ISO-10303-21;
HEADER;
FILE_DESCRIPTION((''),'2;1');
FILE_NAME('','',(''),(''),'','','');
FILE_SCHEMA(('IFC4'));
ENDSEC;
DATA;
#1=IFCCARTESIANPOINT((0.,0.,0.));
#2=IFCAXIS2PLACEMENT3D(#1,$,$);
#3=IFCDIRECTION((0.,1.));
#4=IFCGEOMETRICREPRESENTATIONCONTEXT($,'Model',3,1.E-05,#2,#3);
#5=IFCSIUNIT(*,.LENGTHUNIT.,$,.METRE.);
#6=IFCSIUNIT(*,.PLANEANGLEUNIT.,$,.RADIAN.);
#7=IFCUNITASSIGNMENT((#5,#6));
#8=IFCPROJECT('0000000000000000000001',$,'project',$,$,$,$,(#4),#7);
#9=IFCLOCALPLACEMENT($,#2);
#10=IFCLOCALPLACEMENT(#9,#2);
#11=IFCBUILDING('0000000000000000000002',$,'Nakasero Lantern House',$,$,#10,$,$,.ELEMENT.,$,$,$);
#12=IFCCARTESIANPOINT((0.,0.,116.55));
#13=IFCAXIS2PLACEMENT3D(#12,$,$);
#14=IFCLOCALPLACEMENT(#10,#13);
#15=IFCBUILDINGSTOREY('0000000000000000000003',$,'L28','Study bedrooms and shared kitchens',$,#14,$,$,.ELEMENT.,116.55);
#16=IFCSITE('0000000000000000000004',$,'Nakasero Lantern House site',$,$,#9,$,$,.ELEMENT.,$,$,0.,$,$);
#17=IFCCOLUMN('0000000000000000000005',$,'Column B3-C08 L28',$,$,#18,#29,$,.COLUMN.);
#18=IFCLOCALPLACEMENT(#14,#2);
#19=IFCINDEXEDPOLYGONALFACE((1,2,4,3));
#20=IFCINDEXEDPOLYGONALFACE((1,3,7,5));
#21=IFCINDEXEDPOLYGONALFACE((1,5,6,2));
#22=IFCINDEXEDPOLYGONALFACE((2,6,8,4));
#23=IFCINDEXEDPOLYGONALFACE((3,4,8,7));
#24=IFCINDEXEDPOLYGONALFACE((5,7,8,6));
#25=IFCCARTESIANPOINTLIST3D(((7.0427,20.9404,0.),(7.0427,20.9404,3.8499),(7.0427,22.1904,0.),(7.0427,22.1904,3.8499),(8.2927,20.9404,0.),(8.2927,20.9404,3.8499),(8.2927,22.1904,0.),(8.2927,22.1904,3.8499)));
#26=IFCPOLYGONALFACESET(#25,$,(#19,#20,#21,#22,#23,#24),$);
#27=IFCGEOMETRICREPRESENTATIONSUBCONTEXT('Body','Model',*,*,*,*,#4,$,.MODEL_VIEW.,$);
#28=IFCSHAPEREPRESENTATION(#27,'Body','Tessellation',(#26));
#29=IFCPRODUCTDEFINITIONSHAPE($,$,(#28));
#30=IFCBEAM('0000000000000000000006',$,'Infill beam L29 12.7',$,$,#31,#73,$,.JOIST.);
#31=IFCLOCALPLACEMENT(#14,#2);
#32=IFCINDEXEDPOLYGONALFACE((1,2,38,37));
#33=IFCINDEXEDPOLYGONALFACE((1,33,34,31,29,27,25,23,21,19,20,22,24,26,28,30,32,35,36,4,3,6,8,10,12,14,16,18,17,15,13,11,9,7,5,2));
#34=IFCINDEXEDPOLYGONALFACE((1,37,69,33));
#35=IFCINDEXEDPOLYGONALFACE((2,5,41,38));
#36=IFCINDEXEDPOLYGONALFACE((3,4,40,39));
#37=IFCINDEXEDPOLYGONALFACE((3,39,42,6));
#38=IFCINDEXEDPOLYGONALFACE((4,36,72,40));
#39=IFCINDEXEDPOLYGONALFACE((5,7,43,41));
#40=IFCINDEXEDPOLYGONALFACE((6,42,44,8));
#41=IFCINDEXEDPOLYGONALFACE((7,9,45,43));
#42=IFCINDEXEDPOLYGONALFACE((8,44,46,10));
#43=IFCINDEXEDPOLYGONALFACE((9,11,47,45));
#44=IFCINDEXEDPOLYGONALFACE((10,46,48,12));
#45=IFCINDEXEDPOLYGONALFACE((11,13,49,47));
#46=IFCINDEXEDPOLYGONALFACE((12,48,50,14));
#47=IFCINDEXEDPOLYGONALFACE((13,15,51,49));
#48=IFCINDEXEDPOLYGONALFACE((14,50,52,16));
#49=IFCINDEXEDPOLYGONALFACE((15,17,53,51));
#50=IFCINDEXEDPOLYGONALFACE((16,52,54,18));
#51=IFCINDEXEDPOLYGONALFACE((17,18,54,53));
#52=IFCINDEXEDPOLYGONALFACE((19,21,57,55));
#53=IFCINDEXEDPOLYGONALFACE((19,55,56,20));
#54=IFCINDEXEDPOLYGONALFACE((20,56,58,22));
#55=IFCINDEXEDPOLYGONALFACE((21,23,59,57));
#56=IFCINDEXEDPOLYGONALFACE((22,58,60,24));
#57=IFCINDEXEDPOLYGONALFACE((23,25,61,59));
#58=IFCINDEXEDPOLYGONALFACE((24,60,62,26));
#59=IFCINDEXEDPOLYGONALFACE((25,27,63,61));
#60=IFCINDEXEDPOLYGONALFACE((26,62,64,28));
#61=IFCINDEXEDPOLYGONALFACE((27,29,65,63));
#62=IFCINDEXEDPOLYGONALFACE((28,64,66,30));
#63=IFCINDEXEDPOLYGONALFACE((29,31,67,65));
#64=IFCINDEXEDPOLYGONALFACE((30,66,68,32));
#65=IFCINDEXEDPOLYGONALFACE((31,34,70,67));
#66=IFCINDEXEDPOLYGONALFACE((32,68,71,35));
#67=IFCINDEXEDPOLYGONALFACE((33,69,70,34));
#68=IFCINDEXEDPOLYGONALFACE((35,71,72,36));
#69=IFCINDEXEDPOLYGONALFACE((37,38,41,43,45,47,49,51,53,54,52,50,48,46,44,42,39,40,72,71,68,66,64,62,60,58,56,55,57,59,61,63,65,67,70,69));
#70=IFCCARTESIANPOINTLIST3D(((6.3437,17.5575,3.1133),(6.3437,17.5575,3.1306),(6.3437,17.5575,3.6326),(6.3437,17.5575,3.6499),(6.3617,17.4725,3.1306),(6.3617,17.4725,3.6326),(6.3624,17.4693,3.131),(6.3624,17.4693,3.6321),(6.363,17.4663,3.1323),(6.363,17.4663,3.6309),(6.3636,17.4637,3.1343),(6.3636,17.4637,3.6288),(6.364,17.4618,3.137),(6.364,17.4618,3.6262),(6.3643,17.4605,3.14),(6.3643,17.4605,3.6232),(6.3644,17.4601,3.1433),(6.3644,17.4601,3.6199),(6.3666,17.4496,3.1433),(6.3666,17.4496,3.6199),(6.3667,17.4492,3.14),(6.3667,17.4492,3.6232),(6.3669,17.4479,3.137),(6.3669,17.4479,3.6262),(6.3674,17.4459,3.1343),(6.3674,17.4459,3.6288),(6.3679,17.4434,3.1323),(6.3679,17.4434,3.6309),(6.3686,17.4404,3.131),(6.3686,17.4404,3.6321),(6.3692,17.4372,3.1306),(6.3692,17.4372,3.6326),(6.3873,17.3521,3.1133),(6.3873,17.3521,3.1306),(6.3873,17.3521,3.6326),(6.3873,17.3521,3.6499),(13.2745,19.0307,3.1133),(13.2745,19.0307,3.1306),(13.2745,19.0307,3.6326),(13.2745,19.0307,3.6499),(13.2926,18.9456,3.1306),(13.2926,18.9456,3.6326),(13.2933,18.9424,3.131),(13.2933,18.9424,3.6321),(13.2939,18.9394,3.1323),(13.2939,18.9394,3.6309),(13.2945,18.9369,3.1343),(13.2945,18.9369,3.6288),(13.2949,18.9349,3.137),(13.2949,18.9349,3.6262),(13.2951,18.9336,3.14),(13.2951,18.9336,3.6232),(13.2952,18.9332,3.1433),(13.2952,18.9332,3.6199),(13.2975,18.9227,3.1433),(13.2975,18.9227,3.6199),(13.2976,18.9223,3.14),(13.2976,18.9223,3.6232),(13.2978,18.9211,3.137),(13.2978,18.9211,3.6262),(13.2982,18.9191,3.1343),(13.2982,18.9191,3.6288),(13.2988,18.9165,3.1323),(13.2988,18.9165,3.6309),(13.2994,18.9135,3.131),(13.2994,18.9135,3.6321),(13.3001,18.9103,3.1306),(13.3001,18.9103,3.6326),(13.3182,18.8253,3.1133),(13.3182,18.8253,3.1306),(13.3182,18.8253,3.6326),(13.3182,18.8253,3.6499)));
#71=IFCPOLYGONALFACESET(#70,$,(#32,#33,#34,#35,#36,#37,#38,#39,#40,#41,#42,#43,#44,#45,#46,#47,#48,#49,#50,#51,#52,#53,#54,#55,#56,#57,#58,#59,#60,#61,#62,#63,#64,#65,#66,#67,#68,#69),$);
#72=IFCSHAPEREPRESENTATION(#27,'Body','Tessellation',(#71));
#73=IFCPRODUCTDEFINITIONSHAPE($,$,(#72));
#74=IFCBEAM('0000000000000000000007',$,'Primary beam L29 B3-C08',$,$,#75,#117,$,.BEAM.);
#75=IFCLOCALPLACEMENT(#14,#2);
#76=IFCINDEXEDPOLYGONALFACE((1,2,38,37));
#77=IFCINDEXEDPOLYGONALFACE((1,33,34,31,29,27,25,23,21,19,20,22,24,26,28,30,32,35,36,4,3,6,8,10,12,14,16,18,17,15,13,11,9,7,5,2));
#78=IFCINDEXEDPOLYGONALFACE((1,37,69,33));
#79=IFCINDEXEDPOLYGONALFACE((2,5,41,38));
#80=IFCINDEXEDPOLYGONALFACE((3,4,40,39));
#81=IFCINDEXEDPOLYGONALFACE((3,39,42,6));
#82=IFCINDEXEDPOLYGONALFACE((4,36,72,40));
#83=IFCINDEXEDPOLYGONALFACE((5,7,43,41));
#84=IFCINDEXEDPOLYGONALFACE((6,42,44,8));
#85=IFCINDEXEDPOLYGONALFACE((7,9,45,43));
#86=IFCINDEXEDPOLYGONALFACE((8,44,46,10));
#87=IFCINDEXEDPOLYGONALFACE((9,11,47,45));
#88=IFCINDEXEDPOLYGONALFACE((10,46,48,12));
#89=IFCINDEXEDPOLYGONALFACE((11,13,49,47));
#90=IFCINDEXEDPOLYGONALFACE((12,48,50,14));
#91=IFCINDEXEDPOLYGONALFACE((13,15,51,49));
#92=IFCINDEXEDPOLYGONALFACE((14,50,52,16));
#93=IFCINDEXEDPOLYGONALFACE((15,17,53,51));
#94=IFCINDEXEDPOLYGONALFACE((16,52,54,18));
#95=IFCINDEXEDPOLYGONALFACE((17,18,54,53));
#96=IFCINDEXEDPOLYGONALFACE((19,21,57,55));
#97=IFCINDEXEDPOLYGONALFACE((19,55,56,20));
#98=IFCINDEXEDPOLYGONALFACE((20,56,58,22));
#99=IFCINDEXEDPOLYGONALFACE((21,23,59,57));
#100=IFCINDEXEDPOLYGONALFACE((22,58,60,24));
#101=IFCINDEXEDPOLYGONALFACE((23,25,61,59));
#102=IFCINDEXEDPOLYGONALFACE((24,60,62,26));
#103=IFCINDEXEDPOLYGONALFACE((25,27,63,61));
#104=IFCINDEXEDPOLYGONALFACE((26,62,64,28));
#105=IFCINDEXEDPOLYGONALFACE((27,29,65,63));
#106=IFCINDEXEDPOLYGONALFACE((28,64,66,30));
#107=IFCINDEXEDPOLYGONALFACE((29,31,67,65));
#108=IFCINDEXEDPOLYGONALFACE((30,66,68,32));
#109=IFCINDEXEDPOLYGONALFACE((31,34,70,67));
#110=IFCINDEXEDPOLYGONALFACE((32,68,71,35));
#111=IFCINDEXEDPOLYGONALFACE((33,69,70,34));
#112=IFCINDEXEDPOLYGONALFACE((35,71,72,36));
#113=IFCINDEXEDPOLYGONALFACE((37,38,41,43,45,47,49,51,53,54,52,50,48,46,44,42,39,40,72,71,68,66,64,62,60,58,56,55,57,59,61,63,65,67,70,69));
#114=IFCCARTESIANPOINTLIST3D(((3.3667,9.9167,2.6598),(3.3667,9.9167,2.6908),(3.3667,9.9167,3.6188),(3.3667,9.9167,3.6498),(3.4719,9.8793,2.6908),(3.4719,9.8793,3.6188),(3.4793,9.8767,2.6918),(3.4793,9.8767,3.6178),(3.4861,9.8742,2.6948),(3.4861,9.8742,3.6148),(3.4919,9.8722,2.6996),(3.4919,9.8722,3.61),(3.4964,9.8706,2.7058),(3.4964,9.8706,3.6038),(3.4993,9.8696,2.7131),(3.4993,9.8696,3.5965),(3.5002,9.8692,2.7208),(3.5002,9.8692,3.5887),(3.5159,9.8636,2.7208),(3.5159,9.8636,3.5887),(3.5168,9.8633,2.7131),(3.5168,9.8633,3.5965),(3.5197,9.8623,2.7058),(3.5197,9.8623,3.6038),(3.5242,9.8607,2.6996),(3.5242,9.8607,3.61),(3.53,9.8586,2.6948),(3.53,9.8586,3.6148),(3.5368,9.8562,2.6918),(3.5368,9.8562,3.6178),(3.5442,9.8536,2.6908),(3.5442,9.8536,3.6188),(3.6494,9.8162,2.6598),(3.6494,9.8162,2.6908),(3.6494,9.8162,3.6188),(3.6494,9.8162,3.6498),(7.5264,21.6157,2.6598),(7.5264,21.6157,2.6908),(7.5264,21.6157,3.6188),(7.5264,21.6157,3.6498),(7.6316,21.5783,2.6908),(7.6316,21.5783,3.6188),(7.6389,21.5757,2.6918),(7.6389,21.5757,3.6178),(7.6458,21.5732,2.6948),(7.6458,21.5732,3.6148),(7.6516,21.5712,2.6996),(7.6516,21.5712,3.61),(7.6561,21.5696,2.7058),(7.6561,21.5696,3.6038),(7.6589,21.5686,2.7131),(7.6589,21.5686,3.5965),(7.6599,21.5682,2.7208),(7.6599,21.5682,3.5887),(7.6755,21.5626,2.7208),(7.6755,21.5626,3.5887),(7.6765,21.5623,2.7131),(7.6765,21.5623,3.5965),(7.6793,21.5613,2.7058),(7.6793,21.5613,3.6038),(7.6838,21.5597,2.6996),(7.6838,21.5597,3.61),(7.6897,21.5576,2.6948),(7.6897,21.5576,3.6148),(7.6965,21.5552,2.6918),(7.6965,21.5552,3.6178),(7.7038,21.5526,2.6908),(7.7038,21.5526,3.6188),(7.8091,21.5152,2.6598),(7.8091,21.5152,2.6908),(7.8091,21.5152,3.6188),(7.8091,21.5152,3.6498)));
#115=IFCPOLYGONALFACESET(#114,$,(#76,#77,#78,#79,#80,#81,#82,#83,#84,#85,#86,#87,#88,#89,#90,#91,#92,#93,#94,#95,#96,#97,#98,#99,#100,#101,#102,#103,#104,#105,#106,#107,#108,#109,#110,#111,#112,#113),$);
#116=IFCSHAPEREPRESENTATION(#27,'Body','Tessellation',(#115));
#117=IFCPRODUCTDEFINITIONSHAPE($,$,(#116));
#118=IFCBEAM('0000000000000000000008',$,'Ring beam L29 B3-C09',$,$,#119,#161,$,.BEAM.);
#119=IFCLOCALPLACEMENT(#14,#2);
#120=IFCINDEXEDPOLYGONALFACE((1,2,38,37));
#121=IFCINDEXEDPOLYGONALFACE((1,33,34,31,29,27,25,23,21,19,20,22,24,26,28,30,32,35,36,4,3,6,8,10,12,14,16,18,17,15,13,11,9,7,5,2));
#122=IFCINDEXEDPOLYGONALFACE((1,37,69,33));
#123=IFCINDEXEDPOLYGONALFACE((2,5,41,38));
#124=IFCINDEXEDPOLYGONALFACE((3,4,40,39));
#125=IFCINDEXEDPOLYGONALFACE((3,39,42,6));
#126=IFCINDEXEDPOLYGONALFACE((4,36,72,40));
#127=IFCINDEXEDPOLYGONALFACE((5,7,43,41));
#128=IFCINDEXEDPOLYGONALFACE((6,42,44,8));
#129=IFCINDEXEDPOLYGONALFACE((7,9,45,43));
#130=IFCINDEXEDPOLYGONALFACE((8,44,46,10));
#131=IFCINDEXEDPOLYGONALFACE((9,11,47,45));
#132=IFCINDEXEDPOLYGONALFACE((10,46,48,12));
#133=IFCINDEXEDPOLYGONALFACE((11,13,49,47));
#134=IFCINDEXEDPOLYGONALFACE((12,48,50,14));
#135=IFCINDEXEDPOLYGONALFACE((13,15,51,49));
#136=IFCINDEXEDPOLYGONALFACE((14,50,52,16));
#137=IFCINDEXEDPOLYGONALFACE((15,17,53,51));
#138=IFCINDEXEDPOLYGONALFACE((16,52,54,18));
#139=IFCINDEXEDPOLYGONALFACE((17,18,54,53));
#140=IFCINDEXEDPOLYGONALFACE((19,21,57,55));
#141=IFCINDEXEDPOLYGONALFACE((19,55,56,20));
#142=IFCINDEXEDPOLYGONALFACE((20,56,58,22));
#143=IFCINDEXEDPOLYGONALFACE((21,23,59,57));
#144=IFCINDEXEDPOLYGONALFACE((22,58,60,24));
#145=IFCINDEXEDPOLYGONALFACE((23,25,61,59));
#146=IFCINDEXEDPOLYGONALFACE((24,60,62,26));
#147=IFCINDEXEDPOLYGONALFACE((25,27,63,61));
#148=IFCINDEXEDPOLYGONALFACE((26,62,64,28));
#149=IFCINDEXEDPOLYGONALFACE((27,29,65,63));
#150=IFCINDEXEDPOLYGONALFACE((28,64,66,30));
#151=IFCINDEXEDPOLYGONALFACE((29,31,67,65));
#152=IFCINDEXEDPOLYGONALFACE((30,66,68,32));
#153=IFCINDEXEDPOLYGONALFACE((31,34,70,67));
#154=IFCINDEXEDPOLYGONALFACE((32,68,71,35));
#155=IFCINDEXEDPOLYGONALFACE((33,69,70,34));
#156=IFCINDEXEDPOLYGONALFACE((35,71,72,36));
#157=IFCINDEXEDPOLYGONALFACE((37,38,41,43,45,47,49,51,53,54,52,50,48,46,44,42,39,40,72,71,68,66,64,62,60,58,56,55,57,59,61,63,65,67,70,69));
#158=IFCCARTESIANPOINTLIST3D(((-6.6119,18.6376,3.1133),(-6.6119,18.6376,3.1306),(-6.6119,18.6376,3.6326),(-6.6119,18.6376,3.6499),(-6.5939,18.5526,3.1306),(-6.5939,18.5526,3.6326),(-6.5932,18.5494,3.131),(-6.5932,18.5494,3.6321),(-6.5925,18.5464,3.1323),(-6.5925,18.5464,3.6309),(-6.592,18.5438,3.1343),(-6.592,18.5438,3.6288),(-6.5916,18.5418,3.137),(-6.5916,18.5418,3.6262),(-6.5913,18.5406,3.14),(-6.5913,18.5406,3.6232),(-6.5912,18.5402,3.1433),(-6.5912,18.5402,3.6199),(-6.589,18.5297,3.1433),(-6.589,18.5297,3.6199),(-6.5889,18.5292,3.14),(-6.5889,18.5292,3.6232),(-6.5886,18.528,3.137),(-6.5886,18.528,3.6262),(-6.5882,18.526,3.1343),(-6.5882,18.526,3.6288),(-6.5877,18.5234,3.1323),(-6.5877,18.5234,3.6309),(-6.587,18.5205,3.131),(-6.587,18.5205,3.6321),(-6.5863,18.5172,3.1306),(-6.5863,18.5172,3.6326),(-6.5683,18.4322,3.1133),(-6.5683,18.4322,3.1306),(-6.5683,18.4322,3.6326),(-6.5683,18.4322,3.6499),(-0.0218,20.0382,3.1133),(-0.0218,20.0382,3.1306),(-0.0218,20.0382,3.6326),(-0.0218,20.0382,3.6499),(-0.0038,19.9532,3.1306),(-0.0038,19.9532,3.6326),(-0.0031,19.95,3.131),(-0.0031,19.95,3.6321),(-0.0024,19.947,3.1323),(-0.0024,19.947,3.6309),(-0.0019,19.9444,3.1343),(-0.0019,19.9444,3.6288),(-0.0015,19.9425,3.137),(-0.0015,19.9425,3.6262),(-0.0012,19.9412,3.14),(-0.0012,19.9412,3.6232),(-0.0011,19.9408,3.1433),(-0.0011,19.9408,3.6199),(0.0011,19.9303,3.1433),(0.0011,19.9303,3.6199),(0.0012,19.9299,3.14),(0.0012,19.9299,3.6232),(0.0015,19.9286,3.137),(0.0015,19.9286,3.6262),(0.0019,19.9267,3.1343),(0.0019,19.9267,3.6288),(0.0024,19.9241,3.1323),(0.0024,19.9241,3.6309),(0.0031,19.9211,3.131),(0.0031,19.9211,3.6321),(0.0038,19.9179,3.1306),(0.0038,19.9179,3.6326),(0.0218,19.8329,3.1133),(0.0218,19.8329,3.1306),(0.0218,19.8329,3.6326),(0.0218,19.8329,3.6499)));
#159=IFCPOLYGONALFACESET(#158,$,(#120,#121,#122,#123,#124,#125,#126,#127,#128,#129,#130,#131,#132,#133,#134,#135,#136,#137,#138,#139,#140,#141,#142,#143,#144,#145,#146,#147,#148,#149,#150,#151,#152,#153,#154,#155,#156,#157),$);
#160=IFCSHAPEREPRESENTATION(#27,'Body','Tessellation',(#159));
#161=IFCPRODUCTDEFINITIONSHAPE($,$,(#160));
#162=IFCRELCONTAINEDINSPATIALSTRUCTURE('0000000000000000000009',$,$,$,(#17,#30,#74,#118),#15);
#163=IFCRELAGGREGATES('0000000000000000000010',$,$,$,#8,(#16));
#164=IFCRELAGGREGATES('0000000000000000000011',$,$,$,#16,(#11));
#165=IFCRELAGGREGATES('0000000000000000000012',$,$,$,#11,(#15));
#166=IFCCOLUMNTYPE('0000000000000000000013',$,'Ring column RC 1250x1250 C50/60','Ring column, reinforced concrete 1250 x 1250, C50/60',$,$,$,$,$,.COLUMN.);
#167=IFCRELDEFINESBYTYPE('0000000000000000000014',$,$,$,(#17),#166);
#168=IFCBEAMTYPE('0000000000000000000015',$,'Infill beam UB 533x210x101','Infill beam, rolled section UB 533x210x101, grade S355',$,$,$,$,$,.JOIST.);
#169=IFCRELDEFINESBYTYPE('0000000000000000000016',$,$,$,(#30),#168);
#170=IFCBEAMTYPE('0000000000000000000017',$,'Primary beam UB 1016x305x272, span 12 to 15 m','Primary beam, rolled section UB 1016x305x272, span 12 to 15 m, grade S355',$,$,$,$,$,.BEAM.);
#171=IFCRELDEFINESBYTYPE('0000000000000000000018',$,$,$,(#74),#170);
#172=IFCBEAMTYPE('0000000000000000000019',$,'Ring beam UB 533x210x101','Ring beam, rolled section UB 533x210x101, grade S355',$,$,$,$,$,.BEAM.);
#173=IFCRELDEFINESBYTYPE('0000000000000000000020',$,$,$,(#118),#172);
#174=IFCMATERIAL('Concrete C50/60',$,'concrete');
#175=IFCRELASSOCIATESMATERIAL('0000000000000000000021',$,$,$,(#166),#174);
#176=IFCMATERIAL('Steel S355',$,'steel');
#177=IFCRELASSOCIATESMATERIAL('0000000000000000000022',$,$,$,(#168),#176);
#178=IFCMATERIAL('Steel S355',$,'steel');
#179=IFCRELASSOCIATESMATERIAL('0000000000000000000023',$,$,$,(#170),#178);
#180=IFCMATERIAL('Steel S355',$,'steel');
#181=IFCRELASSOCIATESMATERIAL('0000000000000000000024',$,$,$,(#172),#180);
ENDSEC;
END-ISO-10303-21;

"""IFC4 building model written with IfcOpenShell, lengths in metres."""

from ifc_helpers import new_model, si_unit, direction, frame, origin, origin_2d, place, context, subcontext, project, spatial, rectangle, i_section, extrude, material, material_profile, profile_set, type_object, element, save


model = new_model("IFC4")

# Units and contexts
model_context = context("Model", 3, precision=1e-05, world=origin(), true_north=direction((0.0, 1.0)))
body_context = subcontext(model_context, "Body", "Model", "MODEL_VIEW")
ifc_project = project(units=[si_unit("LENGTHUNIT", "METRE"), si_unit("PLANEANGLEUNIT", "RADIAN")], contexts=[model_context])

# Site, building, storey
site_placement = place(None, origin())
site = spatial("IfcSite", under=ifc_project, at=site_placement, Name="Nakasero Lantern House site", CompositionType="ELEMENT", RefElevation=0.0)
building_placement = place(site_placement, origin())
building = spatial("IfcBuilding", under=site, at=building_placement, Name="Nakasero Lantern House", CompositionType="ELEMENT")
storey_placement = place(building_placement, frame((0.0, 0.0, 116.55)))
storey = spatial("IfcBuildingStorey", under=building, at=storey_placement, Name="L28", Description="Study bedrooms and shared kitchens", CompositionType="ELEMENT", Elevation=116.55)

# Column
ifc_material_1 = material(Name="Concrete C50/60", Category="concrete")
ifc_material_profile_1 = material_profile(ifc_material_1, rectangle(XDim=1.25, YDim=1.25, at=origin_2d()), Name="RC 1250x1250")
ifc_profile_set_1 = profile_set([ifc_material_profile_1], Name="Concrete C50/60")
column_type = type_object("IfcColumnType", Name="Ring column RC 1250x1250 C50/60", Description="Ring column, reinforced concrete 1250 x 1250, C50/60", PredefinedType="COLUMN", material=ifc_profile_set_1)
column_placement = place(storey_placement, frame((7.6677, 21.5654, 0.0), z_axis=(0.0, 0.0, 1.0), x_axis=(1.0, 0.0, 0.0)))
element("IfcColumn", 1, at=column_placement, inside=storey, type_object=column_type, Name="Column B3-C08 L28", PredefinedType="COLUMN", context=body_context, shape_type="SweptSolid", body=[
    extrude(rectangle(XDim=1.25, YDim=1.25, at=origin_2d()), origin(), (0.0, 0.0, 1.0), 3.8499),
])

# Beams
ifc_material_2 = material(Name="Steel S355", Category="steel")
ifc_material_profile_2 = material_profile(ifc_material_2, i_section(OverallWidth=0.21, OverallDepth=0.5366, WebThickness=0.0107, FlangeThickness=0.0173, FilletRadius=0.0127, at=origin_2d()), Name="UB 533x210x101")
ifc_profile_set_2 = profile_set([ifc_material_profile_2], Name="Steel S355")
beam_type_1 = type_object("IfcBeamType", Name="Infill beam UB 533x210x101", Description="Infill beam, rolled section UB 533x210x101, grade S355", PredefinedType="JOIST", material=ifc_profile_set_2)
beam_1_placement = place(storey_placement, frame((6.3655, 17.4548, 3.3816), z_axis=(0.978149, 0.207903, 0.0), x_axis=(-0.207903, 0.978149, 0.0)))
element("IfcBeam", 2, at=beam_1_placement, inside=storey, type_object=beam_type_1, Name="Infill beam L29 12.7", PredefinedType="JOIST", context=body_context, shape_type="SweptSolid", body=[
    extrude(i_section(OverallWidth=0.21, OverallDepth=0.5366, WebThickness=0.0107, FlangeThickness=0.0173, FilletRadius=0.0127, at=origin_2d()), origin(), (0.0, 0.0, 1.0), 7.0857),
])
ifc_material_3 = material(Name="Steel S355", Category="steel")
ifc_material_profile_3 = material_profile(ifc_material_3, i_section(OverallWidth=0.3, OverallDepth=0.99, WebThickness=0.0166, FlangeThickness=0.031, FilletRadius=0.03, at=origin_2d()), Name="UB 1016x305x272")
ifc_profile_set_3 = profile_set([ifc_material_profile_3], Name="Steel S355")
beam_type_2 = type_object("IfcBeamType", Name="Primary beam UB 1016x305x272, span 12 to 15 m", Description="Primary beam, rolled section UB 1016x305x272, span 12 to 15 m, grade S355", PredefinedType="BEAM", material=ifc_profile_set_3)
beam_2_placement = place(storey_placement, frame((7.6677, 21.5654, 3.1548), z_axis=(-0.335012, -0.942214, 0.0), x_axis=(0.942214, -0.335012, 0.0)))
element("IfcBeam", 3, at=beam_2_placement, inside=storey, type_object=beam_type_2, Name="Primary beam L29 B3-C08", PredefinedType="BEAM", context=body_context, shape_type="SweptSolid", body=[
    extrude(i_section(OverallWidth=0.3, OverallDepth=0.99, WebThickness=0.0166, FlangeThickness=0.031, FilletRadius=0.03, at=origin_2d()), origin(), (0.0, 0.0, 1.0), 12.4165),
])
ifc_material_4 = material(Name="Steel S355", Category="steel")
ifc_material_profile_4 = material_profile(ifc_material_4, i_section(OverallWidth=0.21, OverallDepth=0.5366, WebThickness=0.0107, FlangeThickness=0.0173, FilletRadius=0.0127, at=origin_2d()), Name="UB 533x210x101")
ifc_profile_set_4 = profile_set([ifc_material_profile_4], Name="Steel S355")
beam_type_3 = type_object("IfcBeamType", Name="Ring beam UB 533x210x101", Description="Ring beam, rolled section UB 533x210x101, grade S355", PredefinedType="BEAM", material=ifc_profile_set_4)
beam_3_placement = place(storey_placement, frame((0.0, 19.9355, 3.3816), z_axis=(-0.978152, -0.207893, 0.0), x_axis=(0.207893, -0.978152, 0.0)))
element("IfcBeam", 4, at=beam_3_placement, inside=storey, type_object=beam_type_3, Name="Ring beam L29 B3-C09", PredefinedType="BEAM", context=body_context, shape_type="SweptSolid", body=[
    extrude(i_section(OverallWidth=0.21, OverallDepth=0.5366, WebThickness=0.0107, FlangeThickness=0.0173, FilletRadius=0.0127, at=origin_2d()), origin(), (0.0, 0.0, 1.0), 6.7373),
])

save(model, "model.ifc")
